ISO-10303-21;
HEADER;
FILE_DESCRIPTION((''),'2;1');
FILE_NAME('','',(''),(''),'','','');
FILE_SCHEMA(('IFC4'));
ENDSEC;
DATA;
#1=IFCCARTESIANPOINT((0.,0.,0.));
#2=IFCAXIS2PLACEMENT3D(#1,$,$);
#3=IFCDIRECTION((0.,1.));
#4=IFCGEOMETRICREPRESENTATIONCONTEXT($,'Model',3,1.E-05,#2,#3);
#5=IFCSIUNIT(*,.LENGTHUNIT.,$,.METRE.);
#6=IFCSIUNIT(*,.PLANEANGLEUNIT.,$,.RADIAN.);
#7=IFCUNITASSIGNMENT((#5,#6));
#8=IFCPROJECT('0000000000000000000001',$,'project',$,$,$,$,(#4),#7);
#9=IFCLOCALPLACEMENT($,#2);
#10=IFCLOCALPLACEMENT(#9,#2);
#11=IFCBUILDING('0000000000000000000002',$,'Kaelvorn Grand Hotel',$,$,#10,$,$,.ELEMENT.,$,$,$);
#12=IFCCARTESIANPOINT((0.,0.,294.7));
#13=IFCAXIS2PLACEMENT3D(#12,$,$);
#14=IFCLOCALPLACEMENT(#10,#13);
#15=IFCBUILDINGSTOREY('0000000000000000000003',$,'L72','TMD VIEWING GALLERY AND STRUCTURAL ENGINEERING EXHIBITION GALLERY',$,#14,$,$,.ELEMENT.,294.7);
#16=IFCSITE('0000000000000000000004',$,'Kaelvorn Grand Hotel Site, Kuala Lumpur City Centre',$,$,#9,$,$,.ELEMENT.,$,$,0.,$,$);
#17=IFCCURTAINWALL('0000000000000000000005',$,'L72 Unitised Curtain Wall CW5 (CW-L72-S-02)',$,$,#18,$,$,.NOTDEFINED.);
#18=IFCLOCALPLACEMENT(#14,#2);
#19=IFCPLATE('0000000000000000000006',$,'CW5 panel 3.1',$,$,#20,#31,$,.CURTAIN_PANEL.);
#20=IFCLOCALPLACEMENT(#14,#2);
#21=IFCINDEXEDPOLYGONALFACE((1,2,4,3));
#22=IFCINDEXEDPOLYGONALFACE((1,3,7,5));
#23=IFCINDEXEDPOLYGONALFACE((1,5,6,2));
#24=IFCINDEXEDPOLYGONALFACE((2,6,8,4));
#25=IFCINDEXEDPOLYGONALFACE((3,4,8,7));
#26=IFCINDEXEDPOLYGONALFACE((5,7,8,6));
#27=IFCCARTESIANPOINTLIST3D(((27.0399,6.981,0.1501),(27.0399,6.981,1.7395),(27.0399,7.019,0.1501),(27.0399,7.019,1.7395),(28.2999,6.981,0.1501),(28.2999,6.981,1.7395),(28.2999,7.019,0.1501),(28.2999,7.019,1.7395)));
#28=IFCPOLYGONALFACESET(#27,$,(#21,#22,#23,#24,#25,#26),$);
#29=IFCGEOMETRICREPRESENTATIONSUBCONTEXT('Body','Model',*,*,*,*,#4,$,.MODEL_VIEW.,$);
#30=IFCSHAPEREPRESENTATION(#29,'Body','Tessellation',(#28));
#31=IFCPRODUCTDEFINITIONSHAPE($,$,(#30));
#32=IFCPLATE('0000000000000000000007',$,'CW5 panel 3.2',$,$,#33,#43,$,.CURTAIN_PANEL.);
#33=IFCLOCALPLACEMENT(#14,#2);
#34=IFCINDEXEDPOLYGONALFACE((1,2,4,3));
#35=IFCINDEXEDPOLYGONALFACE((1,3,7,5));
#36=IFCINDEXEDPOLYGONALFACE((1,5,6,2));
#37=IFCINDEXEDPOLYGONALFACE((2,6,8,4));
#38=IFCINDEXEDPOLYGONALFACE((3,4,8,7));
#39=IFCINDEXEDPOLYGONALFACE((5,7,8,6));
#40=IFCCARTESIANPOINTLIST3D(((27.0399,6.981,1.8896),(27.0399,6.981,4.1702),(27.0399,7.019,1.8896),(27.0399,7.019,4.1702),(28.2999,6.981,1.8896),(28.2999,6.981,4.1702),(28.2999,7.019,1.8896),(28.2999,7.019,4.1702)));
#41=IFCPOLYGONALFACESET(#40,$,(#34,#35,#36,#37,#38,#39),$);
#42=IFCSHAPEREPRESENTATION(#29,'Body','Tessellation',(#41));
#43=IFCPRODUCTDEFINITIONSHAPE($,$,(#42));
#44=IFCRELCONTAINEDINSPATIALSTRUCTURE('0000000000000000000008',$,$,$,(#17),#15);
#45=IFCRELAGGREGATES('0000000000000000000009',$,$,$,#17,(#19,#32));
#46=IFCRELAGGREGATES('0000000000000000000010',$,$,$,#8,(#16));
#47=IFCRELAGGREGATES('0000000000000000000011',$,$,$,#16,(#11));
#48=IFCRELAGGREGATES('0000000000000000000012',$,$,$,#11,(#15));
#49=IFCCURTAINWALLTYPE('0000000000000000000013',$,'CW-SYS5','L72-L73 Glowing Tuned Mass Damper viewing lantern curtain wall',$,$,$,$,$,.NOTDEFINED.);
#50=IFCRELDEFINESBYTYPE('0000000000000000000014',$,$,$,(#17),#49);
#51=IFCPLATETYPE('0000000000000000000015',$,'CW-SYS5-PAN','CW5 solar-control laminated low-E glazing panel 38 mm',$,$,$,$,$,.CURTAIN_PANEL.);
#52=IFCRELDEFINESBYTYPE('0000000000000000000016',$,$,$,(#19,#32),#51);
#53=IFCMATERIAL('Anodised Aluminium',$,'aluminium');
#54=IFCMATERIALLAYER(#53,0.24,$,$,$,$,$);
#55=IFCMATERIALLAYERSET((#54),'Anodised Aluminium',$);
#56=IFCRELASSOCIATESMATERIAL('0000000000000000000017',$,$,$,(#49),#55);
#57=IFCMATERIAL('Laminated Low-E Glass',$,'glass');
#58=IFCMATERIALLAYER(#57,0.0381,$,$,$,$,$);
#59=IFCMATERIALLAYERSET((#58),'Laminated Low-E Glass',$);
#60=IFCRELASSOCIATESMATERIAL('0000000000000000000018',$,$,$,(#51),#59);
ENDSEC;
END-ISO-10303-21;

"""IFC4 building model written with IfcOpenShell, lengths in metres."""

from ifc_helpers import new_model, si_unit, direction, frame, origin, origin_2d, place, context, subcontext, project, spatial, rectangle, extrude, material, layer, layer_set, type_object, element, aggregate, save


model = new_model("IFC4")

# Units and contexts
model_context = context("Model", 3, precision=1e-05, world=origin(), true_north=direction((0.0, 1.0)))
body_context = subcontext(model_context, "Body", "Model", "MODEL_VIEW")
ifc_project = project(units=[si_unit("LENGTHUNIT", "METRE"), si_unit("PLANEANGLEUNIT", "RADIAN")], contexts=[model_context])

# Site, building, storey
site_placement = place(None, origin())
site = spatial("IfcSite", under=ifc_project, at=site_placement, Name="Kaelvorn Grand Hotel Site, Kuala Lumpur City Centre", CompositionType="ELEMENT", RefElevation=0.0)
building_placement = place(site_placement, origin())
building = spatial("IfcBuilding", under=site, at=building_placement, Name="Kaelvorn Grand Hotel", CompositionType="ELEMENT")
storey_placement = place(building_placement, frame((0.0, 0.0, 294.7)))
storey = spatial("IfcBuildingStorey", under=building, at=storey_placement, Name="L72", Description="TMD VIEWING GALLERY AND STRUCTURAL ENGINEERING EXHIBITION GALLERY", CompositionType="ELEMENT", Elevation=294.7)

# Curtain wall, plates
ifc_material_1 = material(Name="Anodised Aluminium", Category="aluminium")
ifc_layer_1 = layer(ifc_material_1, 0.24)
ifc_layer_set_1 = layer_set([ifc_layer_1], Name="Anodised Aluminium")
curtain_wall_type = type_object("IfcCurtainWallType", Name="CW-SYS5", Description="L72-L73 Glowing Tuned Mass Damper viewing lantern curtain wall", PredefinedType="NOTDEFINED", material=ifc_layer_set_1)
curtain_wall_placement = place(storey_placement, origin())
curtain_wall = element("IfcCurtainWall", 1, at=curtain_wall_placement, inside=storey, type_object=curtain_wall_type, Name="L72 Unitised Curtain Wall CW5 (CW-L72-S-02)", PredefinedType="NOTDEFINED")
ifc_material_2 = material(Name="Laminated Low-E Glass", Category="glass")
ifc_layer_2 = layer(ifc_material_2, 0.0381)
ifc_layer_set_2 = layer_set([ifc_layer_2], Name="Laminated Low-E Glass")
plate_type = type_object("IfcPlateType", Name="CW-SYS5-PAN", Description="CW5 solar-control laminated low-E glazing panel 38 mm", PredefinedType="CURTAIN_PANEL", material=ifc_layer_set_2)
plate_1_placement = place(storey_placement, frame((27.6699, 7.0, 0.1501), z_axis=(0.0, 0.0, 1.0), x_axis=(1.0, 0.0, 0.0)))
plate_1 = element("IfcPlate", 2, at=plate_1_placement, type_object=plate_type, Name="CW5 panel 3.1", PredefinedType="CURTAIN_PANEL", context=body_context, shape_type="SweptSolid", body=[
    extrude(rectangle(XDim=1.26, YDim=0.0381, at=origin_2d()), origin(), (0.0, 0.0, 1.0), 1.5894),
])
plate_2_placement = place(storey_placement, frame((27.6699, 7.0, 1.8896), z_axis=(0.0, 0.0, 1.0), x_axis=(1.0, 0.0, 0.0)))
plate_2 = element("IfcPlate", 3, at=plate_2_placement, type_object=plate_type, Name="CW5 panel 3.2", PredefinedType="CURTAIN_PANEL", context=body_context, shape_type="SweptSolid", body=[
    extrude(rectangle(XDim=1.26, YDim=0.0381, at=origin_2d()), origin(), (0.0, 0.0, 1.0), 2.2805),
])
aggregate(curtain_wall, [plate_1, plate_2])

save(model, "model.ifc")
